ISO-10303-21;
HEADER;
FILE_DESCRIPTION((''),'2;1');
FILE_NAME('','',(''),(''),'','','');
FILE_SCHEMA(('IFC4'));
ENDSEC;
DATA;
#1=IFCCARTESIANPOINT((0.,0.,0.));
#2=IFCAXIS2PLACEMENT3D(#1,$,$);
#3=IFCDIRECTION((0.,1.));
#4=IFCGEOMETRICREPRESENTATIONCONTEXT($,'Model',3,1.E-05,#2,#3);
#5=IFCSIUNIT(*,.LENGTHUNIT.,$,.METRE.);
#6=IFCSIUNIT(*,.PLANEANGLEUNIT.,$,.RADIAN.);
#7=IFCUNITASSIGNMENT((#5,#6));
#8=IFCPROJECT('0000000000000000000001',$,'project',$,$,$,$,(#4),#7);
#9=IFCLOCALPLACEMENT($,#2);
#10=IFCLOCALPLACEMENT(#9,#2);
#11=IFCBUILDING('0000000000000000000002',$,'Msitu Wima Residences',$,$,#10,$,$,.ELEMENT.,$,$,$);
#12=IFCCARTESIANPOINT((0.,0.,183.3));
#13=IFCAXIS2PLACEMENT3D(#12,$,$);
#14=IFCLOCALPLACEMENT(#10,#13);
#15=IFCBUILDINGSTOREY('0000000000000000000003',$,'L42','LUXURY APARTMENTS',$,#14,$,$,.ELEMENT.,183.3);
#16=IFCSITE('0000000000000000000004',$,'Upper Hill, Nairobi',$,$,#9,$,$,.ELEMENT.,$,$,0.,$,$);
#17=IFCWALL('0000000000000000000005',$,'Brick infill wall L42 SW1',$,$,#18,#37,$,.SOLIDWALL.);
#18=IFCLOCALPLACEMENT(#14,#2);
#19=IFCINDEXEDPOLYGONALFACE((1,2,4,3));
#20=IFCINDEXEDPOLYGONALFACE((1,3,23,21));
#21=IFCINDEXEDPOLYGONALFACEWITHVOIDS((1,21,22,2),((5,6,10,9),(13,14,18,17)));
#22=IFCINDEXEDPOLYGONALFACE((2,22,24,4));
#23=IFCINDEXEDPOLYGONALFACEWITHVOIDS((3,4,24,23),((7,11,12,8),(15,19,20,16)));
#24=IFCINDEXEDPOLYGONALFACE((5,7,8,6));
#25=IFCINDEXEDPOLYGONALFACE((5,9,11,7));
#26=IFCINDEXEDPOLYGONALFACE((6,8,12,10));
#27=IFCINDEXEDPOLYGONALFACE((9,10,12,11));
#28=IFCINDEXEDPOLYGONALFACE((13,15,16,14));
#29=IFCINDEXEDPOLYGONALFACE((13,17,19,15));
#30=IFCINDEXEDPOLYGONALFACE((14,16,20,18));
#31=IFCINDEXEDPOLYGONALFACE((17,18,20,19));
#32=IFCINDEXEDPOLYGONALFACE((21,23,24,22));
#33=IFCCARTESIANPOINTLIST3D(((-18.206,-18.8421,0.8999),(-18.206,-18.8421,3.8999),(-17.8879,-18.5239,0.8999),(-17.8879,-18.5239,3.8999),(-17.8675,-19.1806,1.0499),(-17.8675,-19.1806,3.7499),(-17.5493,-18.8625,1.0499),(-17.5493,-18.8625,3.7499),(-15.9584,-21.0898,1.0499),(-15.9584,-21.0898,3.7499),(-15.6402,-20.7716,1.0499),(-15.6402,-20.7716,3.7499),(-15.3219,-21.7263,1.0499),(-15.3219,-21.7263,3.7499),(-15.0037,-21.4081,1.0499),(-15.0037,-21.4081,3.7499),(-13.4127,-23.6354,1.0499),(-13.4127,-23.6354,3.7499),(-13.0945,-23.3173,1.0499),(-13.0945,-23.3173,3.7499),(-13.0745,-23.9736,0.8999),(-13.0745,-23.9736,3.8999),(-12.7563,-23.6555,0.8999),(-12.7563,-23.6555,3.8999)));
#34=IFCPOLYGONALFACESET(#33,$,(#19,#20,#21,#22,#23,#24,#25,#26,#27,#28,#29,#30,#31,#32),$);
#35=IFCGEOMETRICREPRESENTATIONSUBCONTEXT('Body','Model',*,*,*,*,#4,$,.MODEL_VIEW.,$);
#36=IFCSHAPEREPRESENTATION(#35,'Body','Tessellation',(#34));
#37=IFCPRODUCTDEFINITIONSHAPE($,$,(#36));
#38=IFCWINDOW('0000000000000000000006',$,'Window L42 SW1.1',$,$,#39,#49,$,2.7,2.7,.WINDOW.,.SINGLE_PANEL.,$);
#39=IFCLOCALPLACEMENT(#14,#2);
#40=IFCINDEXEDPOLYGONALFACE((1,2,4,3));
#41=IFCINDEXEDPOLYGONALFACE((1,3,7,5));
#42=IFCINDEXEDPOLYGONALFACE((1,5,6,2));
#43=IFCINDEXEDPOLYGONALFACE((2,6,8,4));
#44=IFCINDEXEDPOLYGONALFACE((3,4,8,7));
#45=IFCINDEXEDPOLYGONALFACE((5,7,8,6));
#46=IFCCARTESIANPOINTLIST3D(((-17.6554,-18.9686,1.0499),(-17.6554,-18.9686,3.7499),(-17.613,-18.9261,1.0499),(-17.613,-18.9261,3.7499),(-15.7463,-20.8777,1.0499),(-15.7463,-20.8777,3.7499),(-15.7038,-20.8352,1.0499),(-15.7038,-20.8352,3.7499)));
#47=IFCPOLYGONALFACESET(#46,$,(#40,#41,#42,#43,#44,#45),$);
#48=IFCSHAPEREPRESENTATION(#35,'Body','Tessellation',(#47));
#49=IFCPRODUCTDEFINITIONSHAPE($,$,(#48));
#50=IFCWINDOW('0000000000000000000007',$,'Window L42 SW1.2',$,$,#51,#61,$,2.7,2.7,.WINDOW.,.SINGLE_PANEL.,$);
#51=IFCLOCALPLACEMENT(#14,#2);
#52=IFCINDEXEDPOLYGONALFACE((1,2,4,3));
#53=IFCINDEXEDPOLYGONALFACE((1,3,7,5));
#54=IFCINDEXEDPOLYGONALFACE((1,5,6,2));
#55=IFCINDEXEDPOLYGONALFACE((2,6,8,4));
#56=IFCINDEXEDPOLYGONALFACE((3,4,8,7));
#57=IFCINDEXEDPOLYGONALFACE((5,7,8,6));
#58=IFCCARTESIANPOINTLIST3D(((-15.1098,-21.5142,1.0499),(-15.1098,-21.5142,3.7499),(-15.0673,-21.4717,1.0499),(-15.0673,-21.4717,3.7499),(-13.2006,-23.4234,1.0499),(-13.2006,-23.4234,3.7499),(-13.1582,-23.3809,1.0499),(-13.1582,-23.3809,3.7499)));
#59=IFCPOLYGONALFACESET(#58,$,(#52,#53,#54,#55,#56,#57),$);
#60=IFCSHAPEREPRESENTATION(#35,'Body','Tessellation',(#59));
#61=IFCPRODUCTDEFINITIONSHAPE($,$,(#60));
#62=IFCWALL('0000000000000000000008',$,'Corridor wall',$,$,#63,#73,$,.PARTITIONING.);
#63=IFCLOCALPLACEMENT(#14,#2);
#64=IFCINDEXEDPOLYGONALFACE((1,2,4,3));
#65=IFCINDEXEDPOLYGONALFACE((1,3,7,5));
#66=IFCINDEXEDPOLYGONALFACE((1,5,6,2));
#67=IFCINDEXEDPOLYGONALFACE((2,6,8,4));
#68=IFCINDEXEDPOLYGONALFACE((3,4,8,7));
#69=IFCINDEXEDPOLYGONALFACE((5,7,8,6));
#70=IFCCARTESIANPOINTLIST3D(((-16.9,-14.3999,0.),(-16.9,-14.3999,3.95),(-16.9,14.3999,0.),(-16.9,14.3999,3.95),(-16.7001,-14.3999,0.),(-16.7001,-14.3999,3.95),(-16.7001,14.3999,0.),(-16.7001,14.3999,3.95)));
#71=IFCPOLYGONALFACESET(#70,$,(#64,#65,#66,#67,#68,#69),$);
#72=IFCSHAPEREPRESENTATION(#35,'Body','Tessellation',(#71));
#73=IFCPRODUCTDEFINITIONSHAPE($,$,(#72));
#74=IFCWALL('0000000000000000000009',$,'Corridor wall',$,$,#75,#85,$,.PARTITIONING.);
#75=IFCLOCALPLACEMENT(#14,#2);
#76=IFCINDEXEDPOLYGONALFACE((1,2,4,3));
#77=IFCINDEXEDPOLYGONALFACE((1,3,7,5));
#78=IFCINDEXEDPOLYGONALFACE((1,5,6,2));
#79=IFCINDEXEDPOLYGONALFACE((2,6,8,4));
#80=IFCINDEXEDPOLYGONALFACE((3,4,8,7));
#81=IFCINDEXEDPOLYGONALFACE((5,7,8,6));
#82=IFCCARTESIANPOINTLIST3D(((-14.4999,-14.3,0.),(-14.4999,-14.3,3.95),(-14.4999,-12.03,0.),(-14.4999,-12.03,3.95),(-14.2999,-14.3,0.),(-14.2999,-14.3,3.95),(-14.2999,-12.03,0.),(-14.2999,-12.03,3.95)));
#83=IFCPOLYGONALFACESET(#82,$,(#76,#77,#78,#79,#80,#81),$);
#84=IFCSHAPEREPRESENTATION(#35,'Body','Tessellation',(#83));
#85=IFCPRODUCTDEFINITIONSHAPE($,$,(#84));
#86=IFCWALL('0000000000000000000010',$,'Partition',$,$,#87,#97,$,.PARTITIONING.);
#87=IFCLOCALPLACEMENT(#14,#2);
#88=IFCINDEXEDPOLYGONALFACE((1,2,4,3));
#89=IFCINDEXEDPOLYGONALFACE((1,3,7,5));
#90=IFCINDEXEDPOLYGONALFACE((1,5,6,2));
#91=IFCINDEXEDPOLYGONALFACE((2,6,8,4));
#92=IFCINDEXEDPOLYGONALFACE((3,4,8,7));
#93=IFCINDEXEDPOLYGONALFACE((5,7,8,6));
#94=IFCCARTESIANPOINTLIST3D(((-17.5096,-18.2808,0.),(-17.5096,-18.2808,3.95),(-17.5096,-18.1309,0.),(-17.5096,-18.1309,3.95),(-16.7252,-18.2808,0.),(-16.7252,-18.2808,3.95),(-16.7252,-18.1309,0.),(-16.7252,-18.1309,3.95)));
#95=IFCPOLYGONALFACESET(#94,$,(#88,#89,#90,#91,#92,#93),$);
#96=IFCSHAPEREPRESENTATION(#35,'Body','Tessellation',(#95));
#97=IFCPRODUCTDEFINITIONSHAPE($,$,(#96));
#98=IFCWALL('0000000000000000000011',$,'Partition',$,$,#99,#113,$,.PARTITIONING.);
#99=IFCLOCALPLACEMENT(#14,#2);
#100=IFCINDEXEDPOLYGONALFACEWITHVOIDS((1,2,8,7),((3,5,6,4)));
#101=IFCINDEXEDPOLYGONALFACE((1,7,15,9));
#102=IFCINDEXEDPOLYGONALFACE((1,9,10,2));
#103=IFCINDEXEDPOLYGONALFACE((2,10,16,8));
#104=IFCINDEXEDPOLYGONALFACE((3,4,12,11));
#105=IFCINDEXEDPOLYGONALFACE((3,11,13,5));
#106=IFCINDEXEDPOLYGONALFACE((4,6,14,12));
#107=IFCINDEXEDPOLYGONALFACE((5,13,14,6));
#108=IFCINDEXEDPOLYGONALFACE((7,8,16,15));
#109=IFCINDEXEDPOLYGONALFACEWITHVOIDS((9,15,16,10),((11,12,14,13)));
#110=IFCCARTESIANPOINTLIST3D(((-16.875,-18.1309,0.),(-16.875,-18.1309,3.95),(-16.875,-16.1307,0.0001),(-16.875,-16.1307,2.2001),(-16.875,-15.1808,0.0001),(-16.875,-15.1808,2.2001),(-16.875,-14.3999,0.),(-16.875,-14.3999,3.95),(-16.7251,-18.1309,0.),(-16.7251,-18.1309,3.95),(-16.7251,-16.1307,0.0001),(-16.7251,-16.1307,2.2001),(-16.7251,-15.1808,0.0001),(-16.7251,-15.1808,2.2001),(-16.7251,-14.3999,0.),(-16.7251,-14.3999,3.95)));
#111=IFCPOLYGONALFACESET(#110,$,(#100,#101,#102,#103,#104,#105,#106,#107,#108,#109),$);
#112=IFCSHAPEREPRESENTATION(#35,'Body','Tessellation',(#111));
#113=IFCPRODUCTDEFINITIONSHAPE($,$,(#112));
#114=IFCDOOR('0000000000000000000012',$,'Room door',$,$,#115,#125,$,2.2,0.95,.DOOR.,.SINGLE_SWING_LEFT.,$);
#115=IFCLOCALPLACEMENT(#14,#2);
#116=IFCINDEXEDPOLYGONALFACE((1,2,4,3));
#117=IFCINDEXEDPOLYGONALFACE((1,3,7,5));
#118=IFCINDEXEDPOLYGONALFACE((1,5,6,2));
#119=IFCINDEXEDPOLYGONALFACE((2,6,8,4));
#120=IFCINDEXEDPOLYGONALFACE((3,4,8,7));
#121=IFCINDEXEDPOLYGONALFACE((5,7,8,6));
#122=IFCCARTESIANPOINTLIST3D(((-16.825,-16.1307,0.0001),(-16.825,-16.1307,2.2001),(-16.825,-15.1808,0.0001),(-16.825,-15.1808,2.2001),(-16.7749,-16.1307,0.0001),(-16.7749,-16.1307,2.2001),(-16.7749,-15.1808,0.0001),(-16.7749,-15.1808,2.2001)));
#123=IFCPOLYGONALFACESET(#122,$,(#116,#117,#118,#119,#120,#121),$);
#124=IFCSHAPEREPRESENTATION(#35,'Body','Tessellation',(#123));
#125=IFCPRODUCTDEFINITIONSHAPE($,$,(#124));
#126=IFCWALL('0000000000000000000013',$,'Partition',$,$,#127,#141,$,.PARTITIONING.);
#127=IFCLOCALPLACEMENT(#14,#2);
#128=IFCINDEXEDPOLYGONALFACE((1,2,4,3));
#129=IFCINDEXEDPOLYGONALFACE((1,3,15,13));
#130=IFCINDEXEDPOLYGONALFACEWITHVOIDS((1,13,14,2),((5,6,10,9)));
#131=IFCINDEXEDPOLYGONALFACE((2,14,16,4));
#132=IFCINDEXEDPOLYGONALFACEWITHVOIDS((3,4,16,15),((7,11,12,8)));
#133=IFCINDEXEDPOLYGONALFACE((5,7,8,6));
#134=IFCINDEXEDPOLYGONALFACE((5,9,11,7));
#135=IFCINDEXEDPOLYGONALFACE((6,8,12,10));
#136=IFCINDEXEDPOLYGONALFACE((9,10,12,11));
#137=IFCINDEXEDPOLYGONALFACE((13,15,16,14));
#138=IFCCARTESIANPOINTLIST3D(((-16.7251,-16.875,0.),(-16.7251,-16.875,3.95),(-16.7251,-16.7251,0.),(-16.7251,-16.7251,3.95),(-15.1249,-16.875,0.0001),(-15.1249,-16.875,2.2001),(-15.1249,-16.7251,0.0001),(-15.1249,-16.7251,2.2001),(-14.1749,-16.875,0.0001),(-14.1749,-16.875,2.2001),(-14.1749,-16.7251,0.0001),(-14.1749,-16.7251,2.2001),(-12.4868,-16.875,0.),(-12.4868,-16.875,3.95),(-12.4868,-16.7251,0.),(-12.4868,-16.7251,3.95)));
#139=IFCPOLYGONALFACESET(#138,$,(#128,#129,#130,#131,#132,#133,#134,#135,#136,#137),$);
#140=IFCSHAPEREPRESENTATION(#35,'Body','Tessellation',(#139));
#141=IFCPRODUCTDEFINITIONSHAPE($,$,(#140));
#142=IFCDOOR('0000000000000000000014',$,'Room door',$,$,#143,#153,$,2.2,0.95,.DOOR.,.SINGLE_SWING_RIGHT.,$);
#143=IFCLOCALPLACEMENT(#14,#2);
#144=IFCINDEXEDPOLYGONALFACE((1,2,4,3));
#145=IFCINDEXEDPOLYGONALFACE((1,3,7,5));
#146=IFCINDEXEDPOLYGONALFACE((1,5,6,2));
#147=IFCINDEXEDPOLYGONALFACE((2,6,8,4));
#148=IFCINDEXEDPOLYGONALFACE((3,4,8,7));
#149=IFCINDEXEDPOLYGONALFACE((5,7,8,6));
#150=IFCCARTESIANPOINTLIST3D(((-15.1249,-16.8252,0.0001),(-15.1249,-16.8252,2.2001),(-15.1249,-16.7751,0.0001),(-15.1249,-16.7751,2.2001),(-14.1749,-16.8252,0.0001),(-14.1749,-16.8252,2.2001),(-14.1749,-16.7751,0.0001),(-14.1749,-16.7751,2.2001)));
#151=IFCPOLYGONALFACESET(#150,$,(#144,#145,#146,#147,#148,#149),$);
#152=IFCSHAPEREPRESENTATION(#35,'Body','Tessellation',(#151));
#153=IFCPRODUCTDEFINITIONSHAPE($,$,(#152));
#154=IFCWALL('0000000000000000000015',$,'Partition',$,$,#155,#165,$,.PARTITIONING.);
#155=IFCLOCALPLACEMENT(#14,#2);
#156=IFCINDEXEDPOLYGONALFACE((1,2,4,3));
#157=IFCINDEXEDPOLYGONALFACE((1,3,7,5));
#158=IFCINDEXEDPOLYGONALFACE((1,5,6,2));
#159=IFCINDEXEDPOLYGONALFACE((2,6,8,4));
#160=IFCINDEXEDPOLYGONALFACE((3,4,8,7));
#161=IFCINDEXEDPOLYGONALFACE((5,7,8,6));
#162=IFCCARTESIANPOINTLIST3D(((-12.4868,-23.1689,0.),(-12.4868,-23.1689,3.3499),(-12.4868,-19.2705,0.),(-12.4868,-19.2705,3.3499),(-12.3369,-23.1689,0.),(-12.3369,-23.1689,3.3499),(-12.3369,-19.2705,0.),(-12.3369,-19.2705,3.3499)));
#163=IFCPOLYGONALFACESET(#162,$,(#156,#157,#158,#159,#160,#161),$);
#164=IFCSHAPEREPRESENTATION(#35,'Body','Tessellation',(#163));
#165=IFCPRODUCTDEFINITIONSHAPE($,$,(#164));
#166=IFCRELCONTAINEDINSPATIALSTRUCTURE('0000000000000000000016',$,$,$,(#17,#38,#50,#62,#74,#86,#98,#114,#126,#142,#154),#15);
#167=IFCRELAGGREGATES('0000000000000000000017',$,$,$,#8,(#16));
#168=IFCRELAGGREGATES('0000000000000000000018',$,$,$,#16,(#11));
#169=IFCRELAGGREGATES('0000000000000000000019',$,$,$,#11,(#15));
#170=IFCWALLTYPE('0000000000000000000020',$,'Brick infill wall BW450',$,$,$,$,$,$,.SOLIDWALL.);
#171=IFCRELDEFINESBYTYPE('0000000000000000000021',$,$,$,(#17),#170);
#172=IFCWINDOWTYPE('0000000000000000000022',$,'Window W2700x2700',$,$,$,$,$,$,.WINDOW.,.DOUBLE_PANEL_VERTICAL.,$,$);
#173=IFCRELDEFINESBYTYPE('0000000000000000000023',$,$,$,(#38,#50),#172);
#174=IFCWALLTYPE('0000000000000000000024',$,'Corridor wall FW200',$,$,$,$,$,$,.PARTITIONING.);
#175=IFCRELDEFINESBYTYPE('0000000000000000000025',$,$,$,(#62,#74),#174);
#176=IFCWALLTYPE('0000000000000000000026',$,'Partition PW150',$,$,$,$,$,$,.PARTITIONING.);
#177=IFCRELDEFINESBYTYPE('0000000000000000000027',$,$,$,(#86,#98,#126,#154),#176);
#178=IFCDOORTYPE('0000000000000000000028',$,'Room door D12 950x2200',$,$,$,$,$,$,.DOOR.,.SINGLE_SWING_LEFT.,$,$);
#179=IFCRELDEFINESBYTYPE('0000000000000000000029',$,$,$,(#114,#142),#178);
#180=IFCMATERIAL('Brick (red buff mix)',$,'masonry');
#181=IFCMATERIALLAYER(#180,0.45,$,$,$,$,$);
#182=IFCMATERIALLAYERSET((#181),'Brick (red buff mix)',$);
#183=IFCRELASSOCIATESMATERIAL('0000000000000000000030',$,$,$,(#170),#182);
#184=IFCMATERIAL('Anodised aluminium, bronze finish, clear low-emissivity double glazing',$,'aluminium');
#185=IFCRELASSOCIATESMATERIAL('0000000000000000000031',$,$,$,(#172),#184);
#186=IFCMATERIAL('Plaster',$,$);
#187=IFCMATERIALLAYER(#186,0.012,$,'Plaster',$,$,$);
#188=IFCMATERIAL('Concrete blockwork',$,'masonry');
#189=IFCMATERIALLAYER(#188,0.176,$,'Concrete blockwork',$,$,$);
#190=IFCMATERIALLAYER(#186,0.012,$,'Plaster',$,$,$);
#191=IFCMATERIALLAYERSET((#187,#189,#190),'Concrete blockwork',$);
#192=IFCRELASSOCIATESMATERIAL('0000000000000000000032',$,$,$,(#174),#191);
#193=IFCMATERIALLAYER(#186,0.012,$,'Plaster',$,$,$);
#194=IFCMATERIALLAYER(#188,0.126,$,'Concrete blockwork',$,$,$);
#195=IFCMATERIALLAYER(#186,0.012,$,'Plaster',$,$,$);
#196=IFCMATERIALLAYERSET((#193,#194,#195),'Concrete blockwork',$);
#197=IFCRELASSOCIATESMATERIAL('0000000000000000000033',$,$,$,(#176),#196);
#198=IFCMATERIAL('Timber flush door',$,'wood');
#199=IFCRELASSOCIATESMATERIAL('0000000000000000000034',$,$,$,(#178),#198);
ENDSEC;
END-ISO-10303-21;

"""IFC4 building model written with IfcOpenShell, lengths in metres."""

from ifc_helpers import new_model, si_unit, direction, frame, frame_2d, origin, place, context, subcontext, project, spatial, rectangle, extrude, material, layer, layer_set, type_object, element, fill, save


model = new_model("IFC4")

# Units and contexts
model_context = context("Model", 3, precision=1e-05, world=origin(), true_north=direction((0.0, 1.0)))
body_context = subcontext(model_context, "Body", "Model", "MODEL_VIEW")
ifc_project = project(units=[si_unit("LENGTHUNIT", "METRE"), si_unit("PLANEANGLEUNIT", "RADIAN")], contexts=[model_context])

# Site, building, storey
site_placement = place(None, origin())
site = spatial("IfcSite", under=ifc_project, at=site_placement, Name="Upper Hill, Nairobi", CompositionType="ELEMENT", RefElevation=0.0)
building_placement = place(site_placement, origin())
building = spatial("IfcBuilding", under=site, at=building_placement, Name="Msitu Wima Residences", CompositionType="ELEMENT")
storey_placement = place(building_placement, frame((0.0, 0.0, 183.3)))
storey = spatial("IfcBuildingStorey", under=building, at=storey_placement, Name="L42", Description="LUXURY APARTMENTS", CompositionType="ELEMENT", Elevation=183.3)

# Shared definitions
ifc_material_1 = material(Name="Brick (red buff mix)", Category="masonry")
ifc_layer_1 = layer(ifc_material_1, 0.45)
ifc_layer_set_1 = layer_set([ifc_layer_1], Name="Brick (red buff mix)")
wall_type_1 = type_object("IfcWallType", Name="Brick infill wall BW450", PredefinedType="SOLIDWALL", material=ifc_layer_set_1)
ifc_material_2 = material(Name="Anodised aluminium, bronze finish, clear low-emissivity double glazing", Category="aluminium")
window_type = type_object("IfcWindowType", Name="Window W2700x2700", PartitioningType="DOUBLE_PANEL_VERTICAL", PredefinedType="WINDOW", material=ifc_material_2)

# Wall, openings, windows
wall_1_placement = place(storey_placement, frame((-18.0469, -18.6831, 0.8999), z_axis=(0.0, 0.0, 1.0), x_axis=(0.707107, -0.707107, 0.0)))
wall_1 = element("IfcWall", 1, at=wall_1_placement, inside=storey, type_object=wall_type_1, Name="Brick infill wall L42 SW1", PredefinedType="SOLIDWALL", context=body_context, shape_type="SweptSolid", body=[
    extrude(rectangle(XDim=7.2571, YDim=0.45, at=frame_2d((3.6284, 0.0))), origin(), (0.0, 0.0, 1.0), 3.0),
])
opening_1_placement = place(wall_1_placement, frame((0.4785, 0.0, 0.1499)))
opening_1 = element("IfcOpeningElement", 2, at=opening_1_placement, cuts=wall_1, PredefinedType="OPENING", context=body_context, shape_type="SweptSolid", body=[
    extrude(rectangle(XDim=2.7, YDim=2.7, at=frame_2d((1.3501, 1.3501))), frame((0.0, 0.2349, 0.0), z_axis=(0.0, -1.0, 0.0), x_axis=(1.0, 0.0, 0.0)), (0.0, 0.0, 1.0), 0.47),
])
opening_2_placement = place(wall_1_placement, frame((4.0786, 0.0, 0.1499)))
opening_2 = element("IfcOpeningElement", 3, at=opening_2_placement, cuts=wall_1, PredefinedType="OPENING", context=body_context, shape_type="SweptSolid", body=[
    extrude(rectangle(XDim=2.7, YDim=2.7, at=frame_2d((1.3501, 1.3501))), frame((0.0, 0.2349, 0.0), z_axis=(0.0, -1.0, 0.0), x_axis=(1.0, 0.0, 0.0)), (0.0, 0.0, 1.0), 0.47),
])
window_1_placement = place(opening_1_placement, origin())
window_1 = element("IfcWindow", 4, at=window_1_placement, inside=storey, type_object=window_type, Name="Window L42 SW1.1", OverallHeight=2.7, OverallWidth=2.7, PartitioningType="SINGLE_PANEL", PredefinedType="WINDOW", context=body_context, shape_type="SweptSolid", body=[
    extrude(rectangle(XDim=2.7, YDim=2.7, at=frame_2d((1.3501, 1.3501))), frame((0.0, 0.135, 0.0), z_axis=(0.0, -1.0, 0.0), x_axis=(1.0, 0.0, 0.0)), (0.0, 0.0, 1.0), 0.0601),
])
fill(opening_1, window_1)
window_2_placement = place(opening_2_placement, origin())
window_2 = element("IfcWindow", 5, at=window_2_placement, inside=storey, type_object=window_type, Name="Window L42 SW1.2", OverallHeight=2.7, OverallWidth=2.7, PartitioningType="SINGLE_PANEL", PredefinedType="WINDOW", context=body_context, shape_type="SweptSolid", body=[
    extrude(rectangle(XDim=2.7, YDim=2.7, at=frame_2d((1.3501, 1.3501))), frame((0.0, 0.135, 0.0), z_axis=(0.0, -1.0, 0.0), x_axis=(1.0, 0.0, 0.0)), (0.0, 0.0, 1.0), 0.0601),
])
fill(opening_2, window_2)

# Wall
ifc_material_3 = material(Name="Plaster")
ifc_layer_2 = layer(ifc_material_3, 0.012, Name="Plaster")
ifc_material_4 = material(Name="Concrete blockwork", Category="masonry")
ifc_layer_3 = layer(ifc_material_4, 0.176, Name="Concrete blockwork")
ifc_layer_4 = layer(ifc_material_3, 0.012, Name="Plaster")
ifc_layer_set_2 = layer_set([ifc_layer_2, ifc_layer_3, ifc_layer_4], Name="Concrete blockwork")
wall_type_2 = type_object("IfcWallType", Name="Corridor wall FW200", PredefinedType="PARTITIONING", material=ifc_layer_set_2)
wall_2_placement = place(storey_placement, frame((-16.8, -14.3999, 0.0), z_axis=(0.0, 0.0, 1.0), x_axis=(0.0, 1.0, 0.0)))
element("IfcWall", 6, at=wall_2_placement, inside=storey, type_object=wall_type_2, Name="Corridor wall", PredefinedType="PARTITIONING", context=body_context, shape_type="SweptSolid", body=[
    extrude(rectangle(XDim=28.7998, YDim=0.2, at=frame_2d((14.3999, 0.0))), origin(), (0.0, 0.0, 1.0), 3.95),
])

# Walls
wall_3_placement = place(storey_placement, frame((-14.3999, -14.3, 0.0), z_axis=(0.0, 0.0, 1.0), x_axis=(0.0, 1.0, 0.0)))
element("IfcWall", 7, at=wall_3_placement, inside=storey, type_object=wall_type_2, Name="Corridor wall", PredefinedType="PARTITIONING", context=body_context, shape_type="SweptSolid", body=[
    extrude(rectangle(XDim=2.27, YDim=0.2, at=frame_2d((1.135, 0.0))), origin(), (0.0, 0.0, 1.0), 3.95),
])
ifc_layer_5 = layer(ifc_material_3, 0.012, Name="Plaster")
ifc_layer_6 = layer(ifc_material_4, 0.126, Name="Concrete blockwork")
ifc_layer_7 = layer(ifc_material_3, 0.012, Name="Plaster")
ifc_layer_set_3 = layer_set([ifc_layer_5, ifc_layer_6, ifc_layer_7], Name="Concrete blockwork")
wall_type_3 = type_object("IfcWallType", Name="Partition PW150", PredefinedType="PARTITIONING", material=ifc_layer_set_3)
wall_4_placement = place(storey_placement, frame((-17.5095, -18.2058, 0.0), z_axis=(0.0, 0.0, 1.0), x_axis=(1.0, 0.0, 0.0)))
element("IfcWall", 8, at=wall_4_placement, inside=storey, type_object=wall_type_3, Name="Partition", PredefinedType="PARTITIONING", context=body_context, shape_type="SweptSolid", body=[
    extrude(rectangle(XDim=0.7844, YDim=0.1499, at=frame_2d((0.3921, 0.0))), origin(), (0.0, 0.0, 1.0), 3.95),
])

# Walls, openings, doors
wall_5_placement = place(storey_placement, frame((-16.8, -18.1309, 0.0), z_axis=(0.0, 0.0, 1.0), x_axis=(0.0, 1.0, 0.0)))
wall_5 = element("IfcWall", 9, at=wall_5_placement, inside=storey, type_object=wall_type_3, Name="Partition", PredefinedType="PARTITIONING", context=body_context, shape_type="SweptSolid", body=[
    extrude(rectangle(XDim=3.731, YDim=0.1499, at=frame_2d((1.8655, 0.0))), origin(), (0.0, 0.0, 1.0), 3.95),
])
opening_3_placement = place(wall_5_placement, frame((2.0, 0.0, 0.0)))
opening_3 = element("IfcOpeningElement", 10, at=opening_3_placement, cuts=wall_5, PredefinedType="OPENING", context=body_context, shape_type="SweptSolid", body=[
    extrude(rectangle(XDim=0.95, YDim=2.2, at=frame_2d((0.4751, 1.1001))), frame((0.0, 0.085, 0.0), z_axis=(0.0, -1.0, 0.0), x_axis=(1.0, 0.0, 0.0)), (0.0, 0.0, 1.0), 0.1699),
])
ifc_material_5 = material(Name="Timber flush door", Category="wood")
door_type_1 = type_object("IfcDoorType", Name="Room door D12 950x2200", OperationType="SINGLE_SWING_LEFT", PredefinedType="DOOR", material=ifc_material_5)
door_1_placement = place(opening_3_placement, origin())
door_1 = element("IfcDoor", 11, at=door_1_placement, inside=storey, type_object=door_type_1, Name="Room door", OperationType="SINGLE_SWING_LEFT", OverallHeight=2.2, OverallWidth=0.95, PredefinedType="DOOR", context=body_context, shape_type="SweptSolid", body=[
    extrude(rectangle(XDim=0.95, YDim=2.2, at=frame_2d((0.4751, 1.1001))), frame((0.0, 0.0249, 0.0), z_axis=(0.0, -1.0, 0.0), x_axis=(1.0, 0.0, 0.0)), (0.0, 0.0, 1.0), 0.05),
])
fill(opening_3, door_1)
wall_6_placement = place(storey_placement, frame((-16.7251, -16.8, 0.0), z_axis=(0.0, 0.0, 1.0), x_axis=(1.0, 0.0, 0.0)))
wall_6 = element("IfcWall", 12, at=wall_6_placement, inside=storey, type_object=wall_type_3, Name="Partition", PredefinedType="PARTITIONING", context=body_context, shape_type="SweptSolid", body=[
    extrude(rectangle(XDim=4.2383, YDim=0.1499, at=frame_2d((2.1191, 0.0))), origin(), (0.0, 0.0, 1.0), 3.95),
])
opening_4_placement = place(wall_6_placement, frame((1.6001, 0.0, 0.0)))
opening_4 = element("IfcOpeningElement", 13, at=opening_4_placement, cuts=wall_6, PredefinedType="OPENING", context=body_context, shape_type="SweptSolid", body=[
    extrude(rectangle(XDim=0.95, YDim=2.2, at=frame_2d((0.4751, 1.1001))), frame((0.0, 0.085, 0.0), z_axis=(0.0, -1.0, 0.0), x_axis=(1.0, 0.0, 0.0)), (0.0, 0.0, 1.0), 0.1699),
])
door_2_placement = place(opening_4_placement, origin())
door_2 = element("IfcDoor", 14, at=door_2_placement, inside=storey, type_object=door_type_1, Name="Room door", OperationType="SINGLE_SWING_RIGHT", OverallHeight=2.2, OverallWidth=0.95, PredefinedType="DOOR", context=body_context, shape_type="SweptSolid", body=[
    extrude(rectangle(XDim=0.95, YDim=2.2, at=frame_2d((0.4751, 1.1001))), frame((0.0, 0.0249, 0.0), z_axis=(0.0, -1.0, 0.0), x_axis=(1.0, 0.0, 0.0)), (0.0, 0.0, 1.0), 0.05),
])
fill(opening_4, door_2)

# Wall
wall_7_placement = place(storey_placement, frame((-12.4119, -23.1689, 0.0), z_axis=(0.0, 0.0, 1.0), x_axis=(0.0, 1.0, 0.0)))
element("IfcWall", 15, at=wall_7_placement, inside=storey, type_object=wall_type_3, Name="Partition", PredefinedType="PARTITIONING", context=body_context, shape_type="SweptSolid", body=[
    extrude(rectangle(XDim=3.8984, YDim=0.1499, at=frame_2d((1.9492, 0.0))), origin(), (0.0, 0.0, 1.0), 3.3499),
])

save(model, "model.ifc")
